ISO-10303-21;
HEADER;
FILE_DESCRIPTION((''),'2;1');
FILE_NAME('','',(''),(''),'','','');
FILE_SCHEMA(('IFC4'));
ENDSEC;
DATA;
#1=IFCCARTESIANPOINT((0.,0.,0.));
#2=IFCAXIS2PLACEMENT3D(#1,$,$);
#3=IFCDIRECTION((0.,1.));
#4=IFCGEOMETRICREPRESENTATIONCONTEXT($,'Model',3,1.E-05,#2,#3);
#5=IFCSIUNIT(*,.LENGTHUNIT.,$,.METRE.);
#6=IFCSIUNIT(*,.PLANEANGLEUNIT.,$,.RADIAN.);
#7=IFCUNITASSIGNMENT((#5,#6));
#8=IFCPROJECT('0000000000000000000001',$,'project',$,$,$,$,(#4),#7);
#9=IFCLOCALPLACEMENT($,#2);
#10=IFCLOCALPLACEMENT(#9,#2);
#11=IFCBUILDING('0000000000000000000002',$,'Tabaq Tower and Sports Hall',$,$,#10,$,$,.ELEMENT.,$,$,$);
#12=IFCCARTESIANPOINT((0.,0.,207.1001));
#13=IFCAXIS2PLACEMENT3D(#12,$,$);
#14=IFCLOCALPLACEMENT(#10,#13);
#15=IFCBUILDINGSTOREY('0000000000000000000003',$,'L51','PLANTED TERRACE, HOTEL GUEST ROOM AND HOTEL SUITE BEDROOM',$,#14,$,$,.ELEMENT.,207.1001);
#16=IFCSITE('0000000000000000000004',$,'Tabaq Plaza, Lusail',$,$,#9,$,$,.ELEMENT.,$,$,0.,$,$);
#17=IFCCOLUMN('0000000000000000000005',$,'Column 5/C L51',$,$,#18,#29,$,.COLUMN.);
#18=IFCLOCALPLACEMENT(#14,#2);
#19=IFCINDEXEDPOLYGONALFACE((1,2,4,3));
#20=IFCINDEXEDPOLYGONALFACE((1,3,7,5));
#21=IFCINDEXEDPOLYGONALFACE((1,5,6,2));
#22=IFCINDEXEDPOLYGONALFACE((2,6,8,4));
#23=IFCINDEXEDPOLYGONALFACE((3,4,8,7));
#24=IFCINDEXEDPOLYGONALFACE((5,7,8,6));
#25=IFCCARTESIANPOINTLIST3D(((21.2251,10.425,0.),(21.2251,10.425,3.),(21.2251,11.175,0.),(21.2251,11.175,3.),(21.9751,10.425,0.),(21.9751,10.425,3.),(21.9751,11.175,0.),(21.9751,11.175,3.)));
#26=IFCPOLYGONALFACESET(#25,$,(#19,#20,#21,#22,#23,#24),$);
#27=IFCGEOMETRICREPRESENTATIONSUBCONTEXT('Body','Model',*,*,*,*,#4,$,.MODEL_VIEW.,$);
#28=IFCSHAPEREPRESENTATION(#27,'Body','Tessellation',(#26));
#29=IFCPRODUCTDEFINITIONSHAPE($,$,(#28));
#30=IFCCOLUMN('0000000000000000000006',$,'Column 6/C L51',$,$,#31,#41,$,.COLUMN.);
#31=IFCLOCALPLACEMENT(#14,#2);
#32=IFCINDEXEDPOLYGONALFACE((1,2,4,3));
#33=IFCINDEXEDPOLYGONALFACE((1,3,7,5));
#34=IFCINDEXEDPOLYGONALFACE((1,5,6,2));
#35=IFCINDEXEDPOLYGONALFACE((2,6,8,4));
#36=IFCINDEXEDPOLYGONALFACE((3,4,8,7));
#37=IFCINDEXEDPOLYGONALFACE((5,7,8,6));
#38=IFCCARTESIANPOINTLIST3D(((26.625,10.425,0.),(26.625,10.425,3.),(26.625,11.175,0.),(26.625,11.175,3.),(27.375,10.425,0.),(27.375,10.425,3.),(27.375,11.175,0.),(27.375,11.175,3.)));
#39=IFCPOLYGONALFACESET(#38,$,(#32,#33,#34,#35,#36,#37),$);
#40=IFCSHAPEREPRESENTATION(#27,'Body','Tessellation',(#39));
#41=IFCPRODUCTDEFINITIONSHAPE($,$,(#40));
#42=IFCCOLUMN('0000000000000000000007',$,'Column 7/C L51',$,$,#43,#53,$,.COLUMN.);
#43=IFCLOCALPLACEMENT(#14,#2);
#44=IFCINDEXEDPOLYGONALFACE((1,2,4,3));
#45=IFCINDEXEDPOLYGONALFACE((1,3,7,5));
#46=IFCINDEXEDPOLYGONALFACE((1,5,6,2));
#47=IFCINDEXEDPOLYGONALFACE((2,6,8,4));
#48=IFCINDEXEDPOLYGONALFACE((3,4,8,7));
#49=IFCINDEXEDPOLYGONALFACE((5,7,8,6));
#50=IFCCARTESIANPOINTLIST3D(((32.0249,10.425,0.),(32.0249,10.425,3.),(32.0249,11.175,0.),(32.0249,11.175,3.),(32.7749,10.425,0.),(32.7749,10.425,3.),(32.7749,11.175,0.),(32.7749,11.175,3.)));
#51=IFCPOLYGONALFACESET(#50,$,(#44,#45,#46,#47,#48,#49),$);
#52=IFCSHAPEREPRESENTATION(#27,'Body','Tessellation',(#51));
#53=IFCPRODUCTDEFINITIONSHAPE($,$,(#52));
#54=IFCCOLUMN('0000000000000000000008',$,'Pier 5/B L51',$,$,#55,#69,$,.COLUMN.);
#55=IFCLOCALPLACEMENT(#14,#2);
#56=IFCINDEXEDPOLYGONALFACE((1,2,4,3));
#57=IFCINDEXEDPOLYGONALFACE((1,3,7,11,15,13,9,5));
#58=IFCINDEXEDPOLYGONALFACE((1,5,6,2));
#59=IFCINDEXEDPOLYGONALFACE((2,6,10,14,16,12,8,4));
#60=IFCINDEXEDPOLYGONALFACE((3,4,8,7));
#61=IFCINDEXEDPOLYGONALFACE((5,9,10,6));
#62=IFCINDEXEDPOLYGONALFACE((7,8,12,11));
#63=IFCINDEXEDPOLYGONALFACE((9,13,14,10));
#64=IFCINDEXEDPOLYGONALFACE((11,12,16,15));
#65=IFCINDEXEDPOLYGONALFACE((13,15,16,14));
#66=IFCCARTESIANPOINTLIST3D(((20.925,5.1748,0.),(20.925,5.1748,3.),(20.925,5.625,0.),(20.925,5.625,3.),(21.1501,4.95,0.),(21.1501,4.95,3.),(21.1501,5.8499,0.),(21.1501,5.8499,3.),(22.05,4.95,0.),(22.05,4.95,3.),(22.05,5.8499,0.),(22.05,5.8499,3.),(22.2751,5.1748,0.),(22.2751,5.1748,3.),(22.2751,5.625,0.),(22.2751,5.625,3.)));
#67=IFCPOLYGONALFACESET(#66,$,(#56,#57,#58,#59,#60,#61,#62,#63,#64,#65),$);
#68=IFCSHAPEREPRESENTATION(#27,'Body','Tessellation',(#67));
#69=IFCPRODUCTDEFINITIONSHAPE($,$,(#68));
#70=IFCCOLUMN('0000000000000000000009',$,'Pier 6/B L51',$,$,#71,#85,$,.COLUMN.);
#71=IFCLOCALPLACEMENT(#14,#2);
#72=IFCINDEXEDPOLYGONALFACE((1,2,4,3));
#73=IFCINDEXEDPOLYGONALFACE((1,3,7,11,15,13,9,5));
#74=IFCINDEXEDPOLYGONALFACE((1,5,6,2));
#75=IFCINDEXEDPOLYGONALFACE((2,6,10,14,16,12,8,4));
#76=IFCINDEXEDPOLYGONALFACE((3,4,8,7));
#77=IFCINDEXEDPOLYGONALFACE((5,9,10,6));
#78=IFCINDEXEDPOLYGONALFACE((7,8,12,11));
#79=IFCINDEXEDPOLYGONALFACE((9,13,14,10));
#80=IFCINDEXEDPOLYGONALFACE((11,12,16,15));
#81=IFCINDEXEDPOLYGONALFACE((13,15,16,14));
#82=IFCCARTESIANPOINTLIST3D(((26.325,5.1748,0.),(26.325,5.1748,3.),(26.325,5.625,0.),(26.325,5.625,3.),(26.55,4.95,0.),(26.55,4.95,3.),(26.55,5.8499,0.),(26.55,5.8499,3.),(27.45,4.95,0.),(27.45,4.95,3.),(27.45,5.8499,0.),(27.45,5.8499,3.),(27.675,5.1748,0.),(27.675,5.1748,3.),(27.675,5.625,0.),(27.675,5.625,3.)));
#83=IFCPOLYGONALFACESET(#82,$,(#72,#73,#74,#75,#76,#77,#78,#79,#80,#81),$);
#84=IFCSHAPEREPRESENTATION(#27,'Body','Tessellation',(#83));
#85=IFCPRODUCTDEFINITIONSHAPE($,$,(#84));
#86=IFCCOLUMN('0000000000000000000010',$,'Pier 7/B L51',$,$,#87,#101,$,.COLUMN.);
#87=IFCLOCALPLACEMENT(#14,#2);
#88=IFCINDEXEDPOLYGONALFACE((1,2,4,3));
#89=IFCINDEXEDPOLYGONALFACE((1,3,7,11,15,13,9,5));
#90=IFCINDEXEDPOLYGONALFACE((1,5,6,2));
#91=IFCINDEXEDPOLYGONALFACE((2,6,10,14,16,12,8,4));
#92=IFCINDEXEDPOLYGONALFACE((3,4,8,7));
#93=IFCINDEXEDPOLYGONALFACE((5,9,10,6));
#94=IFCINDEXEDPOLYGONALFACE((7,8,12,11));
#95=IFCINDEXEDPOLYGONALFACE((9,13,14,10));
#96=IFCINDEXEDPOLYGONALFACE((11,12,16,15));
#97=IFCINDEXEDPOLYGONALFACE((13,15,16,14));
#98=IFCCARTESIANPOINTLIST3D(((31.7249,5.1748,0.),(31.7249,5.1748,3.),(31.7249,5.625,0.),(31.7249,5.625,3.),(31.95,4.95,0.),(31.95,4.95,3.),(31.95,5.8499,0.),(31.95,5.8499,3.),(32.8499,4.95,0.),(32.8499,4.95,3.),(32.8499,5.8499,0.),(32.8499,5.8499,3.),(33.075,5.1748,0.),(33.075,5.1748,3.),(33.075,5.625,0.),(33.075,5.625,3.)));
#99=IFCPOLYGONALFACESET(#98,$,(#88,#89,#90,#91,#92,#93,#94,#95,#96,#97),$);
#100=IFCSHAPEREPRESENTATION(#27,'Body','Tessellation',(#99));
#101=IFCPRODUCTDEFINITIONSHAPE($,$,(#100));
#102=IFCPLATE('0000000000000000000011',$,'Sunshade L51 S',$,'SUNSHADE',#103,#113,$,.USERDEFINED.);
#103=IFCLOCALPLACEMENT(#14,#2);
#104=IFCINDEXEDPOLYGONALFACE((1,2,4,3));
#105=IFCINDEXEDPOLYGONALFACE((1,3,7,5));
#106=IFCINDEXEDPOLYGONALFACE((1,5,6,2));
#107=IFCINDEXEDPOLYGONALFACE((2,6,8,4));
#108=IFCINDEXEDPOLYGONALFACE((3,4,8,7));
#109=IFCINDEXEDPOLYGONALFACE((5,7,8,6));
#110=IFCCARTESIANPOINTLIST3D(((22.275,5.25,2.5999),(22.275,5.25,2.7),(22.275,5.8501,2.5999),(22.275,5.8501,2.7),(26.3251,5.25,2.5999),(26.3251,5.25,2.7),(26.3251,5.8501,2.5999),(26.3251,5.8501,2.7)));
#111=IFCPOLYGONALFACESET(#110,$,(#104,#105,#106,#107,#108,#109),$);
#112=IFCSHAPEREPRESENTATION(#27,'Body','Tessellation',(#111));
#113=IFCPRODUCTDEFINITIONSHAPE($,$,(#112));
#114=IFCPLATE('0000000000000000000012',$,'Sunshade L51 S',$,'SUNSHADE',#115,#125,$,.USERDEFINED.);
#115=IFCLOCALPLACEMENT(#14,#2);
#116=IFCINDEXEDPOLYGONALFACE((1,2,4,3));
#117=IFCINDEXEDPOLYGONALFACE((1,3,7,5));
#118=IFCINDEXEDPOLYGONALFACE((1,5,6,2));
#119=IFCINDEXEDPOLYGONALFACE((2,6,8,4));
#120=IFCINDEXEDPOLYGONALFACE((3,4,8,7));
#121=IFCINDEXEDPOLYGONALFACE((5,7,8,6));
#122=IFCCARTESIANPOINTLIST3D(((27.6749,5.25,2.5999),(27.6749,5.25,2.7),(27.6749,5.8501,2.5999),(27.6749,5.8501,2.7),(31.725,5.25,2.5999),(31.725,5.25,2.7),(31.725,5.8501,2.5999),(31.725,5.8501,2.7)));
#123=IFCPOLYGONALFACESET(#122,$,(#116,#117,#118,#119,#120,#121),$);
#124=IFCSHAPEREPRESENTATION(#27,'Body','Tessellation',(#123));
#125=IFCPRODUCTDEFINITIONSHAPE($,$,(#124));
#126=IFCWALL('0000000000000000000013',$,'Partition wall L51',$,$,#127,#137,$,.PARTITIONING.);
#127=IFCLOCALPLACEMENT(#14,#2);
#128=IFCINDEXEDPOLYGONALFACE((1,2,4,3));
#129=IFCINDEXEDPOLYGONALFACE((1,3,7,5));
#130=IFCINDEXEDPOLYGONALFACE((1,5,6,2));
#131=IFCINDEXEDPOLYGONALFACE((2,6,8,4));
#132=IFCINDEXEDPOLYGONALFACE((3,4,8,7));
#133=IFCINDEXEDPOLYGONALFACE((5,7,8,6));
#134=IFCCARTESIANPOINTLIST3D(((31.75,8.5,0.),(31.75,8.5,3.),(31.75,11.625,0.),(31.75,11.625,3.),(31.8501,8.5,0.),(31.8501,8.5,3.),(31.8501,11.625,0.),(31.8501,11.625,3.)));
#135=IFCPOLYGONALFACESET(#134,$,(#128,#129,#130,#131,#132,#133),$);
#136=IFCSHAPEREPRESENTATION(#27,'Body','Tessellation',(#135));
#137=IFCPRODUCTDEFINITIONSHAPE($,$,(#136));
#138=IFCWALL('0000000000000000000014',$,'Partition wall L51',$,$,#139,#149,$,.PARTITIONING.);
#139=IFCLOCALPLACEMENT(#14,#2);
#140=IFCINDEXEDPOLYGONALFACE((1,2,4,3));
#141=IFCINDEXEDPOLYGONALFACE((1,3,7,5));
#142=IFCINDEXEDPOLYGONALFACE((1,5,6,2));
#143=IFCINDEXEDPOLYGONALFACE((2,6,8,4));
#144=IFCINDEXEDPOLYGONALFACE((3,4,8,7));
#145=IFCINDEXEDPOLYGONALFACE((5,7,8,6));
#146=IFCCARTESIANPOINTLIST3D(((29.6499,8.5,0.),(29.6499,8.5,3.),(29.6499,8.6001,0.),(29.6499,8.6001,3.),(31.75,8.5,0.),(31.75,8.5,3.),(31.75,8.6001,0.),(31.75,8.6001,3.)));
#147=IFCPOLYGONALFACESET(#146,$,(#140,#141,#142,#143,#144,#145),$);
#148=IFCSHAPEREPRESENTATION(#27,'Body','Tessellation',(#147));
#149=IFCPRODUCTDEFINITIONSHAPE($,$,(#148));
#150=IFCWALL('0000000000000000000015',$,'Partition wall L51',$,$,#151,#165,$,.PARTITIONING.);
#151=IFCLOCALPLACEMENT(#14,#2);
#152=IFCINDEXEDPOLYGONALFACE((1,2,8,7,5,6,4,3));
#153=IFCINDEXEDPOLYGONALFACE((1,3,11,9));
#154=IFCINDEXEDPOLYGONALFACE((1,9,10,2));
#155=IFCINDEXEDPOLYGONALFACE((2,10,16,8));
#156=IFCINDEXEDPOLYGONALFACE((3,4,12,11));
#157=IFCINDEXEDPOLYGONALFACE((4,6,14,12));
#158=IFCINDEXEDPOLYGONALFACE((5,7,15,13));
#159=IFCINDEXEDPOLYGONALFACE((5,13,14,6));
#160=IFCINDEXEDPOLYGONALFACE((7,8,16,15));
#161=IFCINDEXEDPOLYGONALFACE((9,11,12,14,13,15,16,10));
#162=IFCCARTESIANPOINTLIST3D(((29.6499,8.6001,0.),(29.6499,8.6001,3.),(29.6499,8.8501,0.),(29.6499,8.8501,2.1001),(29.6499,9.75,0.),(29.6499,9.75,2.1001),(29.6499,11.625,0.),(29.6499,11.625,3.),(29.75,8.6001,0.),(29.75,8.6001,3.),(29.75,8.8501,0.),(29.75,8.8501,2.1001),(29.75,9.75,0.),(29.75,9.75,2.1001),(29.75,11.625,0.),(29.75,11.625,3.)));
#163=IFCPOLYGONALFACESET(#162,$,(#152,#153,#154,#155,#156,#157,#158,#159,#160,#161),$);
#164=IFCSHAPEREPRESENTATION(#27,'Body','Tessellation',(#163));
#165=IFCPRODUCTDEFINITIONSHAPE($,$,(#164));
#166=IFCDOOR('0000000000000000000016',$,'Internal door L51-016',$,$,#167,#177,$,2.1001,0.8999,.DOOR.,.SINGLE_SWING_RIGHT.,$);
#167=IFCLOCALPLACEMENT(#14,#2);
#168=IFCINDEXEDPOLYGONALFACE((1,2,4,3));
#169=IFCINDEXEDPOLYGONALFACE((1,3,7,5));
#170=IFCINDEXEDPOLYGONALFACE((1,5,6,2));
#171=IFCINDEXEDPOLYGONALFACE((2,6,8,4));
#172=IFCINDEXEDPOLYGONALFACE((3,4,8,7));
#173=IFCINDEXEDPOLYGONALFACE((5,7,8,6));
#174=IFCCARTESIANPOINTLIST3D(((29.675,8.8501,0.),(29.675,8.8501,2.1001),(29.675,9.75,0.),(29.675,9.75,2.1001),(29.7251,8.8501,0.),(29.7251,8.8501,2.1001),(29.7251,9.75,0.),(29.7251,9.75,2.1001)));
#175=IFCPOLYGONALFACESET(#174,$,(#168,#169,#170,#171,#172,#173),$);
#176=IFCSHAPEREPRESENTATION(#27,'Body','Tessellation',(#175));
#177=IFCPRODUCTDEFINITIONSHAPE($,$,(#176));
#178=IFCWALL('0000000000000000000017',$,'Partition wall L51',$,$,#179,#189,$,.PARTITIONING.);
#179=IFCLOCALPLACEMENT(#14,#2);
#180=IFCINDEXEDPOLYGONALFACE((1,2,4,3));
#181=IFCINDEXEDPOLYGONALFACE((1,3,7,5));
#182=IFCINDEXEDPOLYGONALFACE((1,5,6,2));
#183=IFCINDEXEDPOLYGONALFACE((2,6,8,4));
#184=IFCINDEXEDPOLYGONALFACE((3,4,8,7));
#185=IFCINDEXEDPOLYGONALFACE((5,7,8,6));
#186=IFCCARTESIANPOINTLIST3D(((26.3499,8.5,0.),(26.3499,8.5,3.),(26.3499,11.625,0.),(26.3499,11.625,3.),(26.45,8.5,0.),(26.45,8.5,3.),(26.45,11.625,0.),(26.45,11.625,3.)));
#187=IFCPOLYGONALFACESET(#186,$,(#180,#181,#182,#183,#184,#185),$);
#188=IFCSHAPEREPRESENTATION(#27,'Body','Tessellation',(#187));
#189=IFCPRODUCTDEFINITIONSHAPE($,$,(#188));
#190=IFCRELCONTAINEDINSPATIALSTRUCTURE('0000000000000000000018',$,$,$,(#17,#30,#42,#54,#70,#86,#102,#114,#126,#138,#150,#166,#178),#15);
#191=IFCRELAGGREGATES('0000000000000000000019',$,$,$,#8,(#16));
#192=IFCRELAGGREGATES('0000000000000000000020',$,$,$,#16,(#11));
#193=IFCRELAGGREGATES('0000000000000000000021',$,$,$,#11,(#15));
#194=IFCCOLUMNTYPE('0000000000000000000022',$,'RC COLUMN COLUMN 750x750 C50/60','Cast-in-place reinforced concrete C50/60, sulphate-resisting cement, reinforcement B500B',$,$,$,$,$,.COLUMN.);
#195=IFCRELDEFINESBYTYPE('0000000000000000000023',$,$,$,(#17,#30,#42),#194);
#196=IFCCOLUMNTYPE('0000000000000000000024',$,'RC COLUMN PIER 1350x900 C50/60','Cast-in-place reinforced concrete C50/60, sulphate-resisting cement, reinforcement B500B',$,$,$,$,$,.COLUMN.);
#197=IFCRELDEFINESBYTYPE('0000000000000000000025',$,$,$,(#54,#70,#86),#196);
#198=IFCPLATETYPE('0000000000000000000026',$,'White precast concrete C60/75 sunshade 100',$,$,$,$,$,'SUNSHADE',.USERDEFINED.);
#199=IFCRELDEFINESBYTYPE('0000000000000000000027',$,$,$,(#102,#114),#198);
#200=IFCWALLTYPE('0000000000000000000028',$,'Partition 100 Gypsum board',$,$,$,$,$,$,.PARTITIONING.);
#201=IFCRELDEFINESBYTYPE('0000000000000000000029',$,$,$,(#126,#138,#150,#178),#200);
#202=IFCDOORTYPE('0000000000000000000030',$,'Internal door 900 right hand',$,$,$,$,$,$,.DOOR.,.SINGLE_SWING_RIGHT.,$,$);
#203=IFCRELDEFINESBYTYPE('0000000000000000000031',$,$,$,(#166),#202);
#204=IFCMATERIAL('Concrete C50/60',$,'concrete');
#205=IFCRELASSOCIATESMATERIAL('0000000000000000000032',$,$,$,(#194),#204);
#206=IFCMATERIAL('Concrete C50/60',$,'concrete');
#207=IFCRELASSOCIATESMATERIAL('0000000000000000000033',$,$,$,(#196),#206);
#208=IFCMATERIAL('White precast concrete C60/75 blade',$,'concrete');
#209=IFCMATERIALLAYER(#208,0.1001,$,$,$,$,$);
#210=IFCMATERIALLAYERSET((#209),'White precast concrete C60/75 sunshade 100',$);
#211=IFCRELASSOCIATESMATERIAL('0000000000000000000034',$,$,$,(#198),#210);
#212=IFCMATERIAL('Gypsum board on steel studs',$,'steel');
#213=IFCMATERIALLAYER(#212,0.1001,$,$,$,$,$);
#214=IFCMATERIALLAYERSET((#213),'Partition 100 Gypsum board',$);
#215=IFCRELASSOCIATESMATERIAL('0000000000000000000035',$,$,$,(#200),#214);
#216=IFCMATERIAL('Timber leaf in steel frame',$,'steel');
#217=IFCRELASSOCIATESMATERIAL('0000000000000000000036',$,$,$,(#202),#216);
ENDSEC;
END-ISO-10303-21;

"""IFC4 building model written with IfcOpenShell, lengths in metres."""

from ifc_helpers import new_model, si_unit, direction, frame, frame_2d, origin, origin_2d, place, context, subcontext, project, spatial, polyline, rectangle, outline, extrude, material, layer, layer_set, material_profile, profile_set, type_object, element, fill, save


model = new_model("IFC4")

# Units and contexts
model_context = context("Model", 3, precision=1e-05, world=origin(), true_north=direction((0.0, 1.0)))
body_context = subcontext(model_context, "Body", "Model", "MODEL_VIEW")
ifc_project = project(units=[si_unit("LENGTHUNIT", "METRE"), si_unit("PLANEANGLEUNIT", "RADIAN")], contexts=[model_context])

# Site, building, storey
site_placement = place(None, origin())
site = spatial("IfcSite", under=ifc_project, at=site_placement, Name="Tabaq Plaza, Lusail", CompositionType="ELEMENT", RefElevation=0.0)
building_placement = place(site_placement, origin())
building = spatial("IfcBuilding", under=site, at=building_placement, Name="Tabaq Tower and Sports Hall", CompositionType="ELEMENT")
storey_placement = place(building_placement, frame((0.0, 0.0, 207.1001)))
storey = spatial("IfcBuildingStorey", under=building, at=storey_placement, Name="L51", Description="PLANTED TERRACE, HOTEL GUEST ROOM AND HOTEL SUITE BEDROOM", CompositionType="ELEMENT", Elevation=207.1001)

# Columns
ifc_material_1 = material(Name="Concrete C50/60", Category="concrete")
ifc_material_profile_1 = material_profile(ifc_material_1, rectangle(XDim=0.75, YDim=0.75, at=origin_2d()), Name="COLUMN 750x750")
ifc_profile_set_1 = profile_set([ifc_material_profile_1], Name="Concrete C50/60")
column_type_1 = type_object("IfcColumnType", Name="RC COLUMN COLUMN 750x750 C50/60", Description="Cast-in-place reinforced concrete C50/60, sulphate-resisting cement, reinforcement B500B", PredefinedType="COLUMN", material=ifc_profile_set_1)
for number, where, z_axis, x_axis, name in (
    (1, (21.6001, 10.8, 0.0), (0.0, 0.0, 1.0), (1.0, 0.0, 0.0), "Column 5/C L51"),
    (2, (27.0, 10.8, 0.0), (0.0, 0.0, 1.0), (1.0, 0.0, 0.0), "Column 6/C L51"),
    (3, (32.3999, 10.8, 0.0), (0.0, 0.0, 1.0), (1.0, 0.0, 0.0), "Column 7/C L51"),
):
    element("IfcColumn", number, at=place(storey_placement, frame(where, z_axis=z_axis, x_axis=x_axis)), inside=storey, type_object=column_type_1, Name=name, PredefinedType="COLUMN", context=body_context, shape_type="SweptSolid", body=[
        extrude(rectangle(XDim=0.75, YDim=0.75, at=origin_2d()), origin(), (0.0, 0.0, 1.0), 3.0),
    ])
ifc_material_2 = material(Name="Concrete C50/60", Category="concrete")
ifc_material_profile_2 = material_profile(ifc_material_2, outline(polyline([(-0.45, -0.45), (0.45, -0.45), (0.675, -0.2251), (0.675, 0.2251), (0.45, 0.45), (-0.45, 0.45), (-0.675, 0.2251), (-0.675, -0.2251), (-0.45, -0.45)])), Name="PIER 1350x900")
ifc_profile_set_2 = profile_set([ifc_material_profile_2], Name="Concrete C50/60")
column_type_2 = type_object("IfcColumnType", Name="RC COLUMN PIER 1350x900 C50/60", Description="Cast-in-place reinforced concrete C50/60, sulphate-resisting cement, reinforcement B500B", PredefinedType="COLUMN", material=ifc_profile_set_2)
for number, where, z_axis, x_axis, name in (
    (4, (21.6001, 5.3999, 0.0), (0.0, 0.0, 1.0), (1.0, 0.0, 0.0), "Pier 5/B L51"),
    (5, (27.0, 5.3999, 0.0), (0.0, 0.0, 1.0), (1.0, 0.0, 0.0), "Pier 6/B L51"),
    (6, (32.3999, 5.3999, 0.0), (0.0, 0.0, 1.0), (1.0, 0.0, 0.0), "Pier 7/B L51"),
):
    element("IfcColumn", number, at=place(storey_placement, frame(where, z_axis=z_axis, x_axis=x_axis)), inside=storey, type_object=column_type_2, Name=name, PredefinedType="COLUMN", context=body_context, shape_type="SweptSolid", body=[
        extrude(outline(polyline([(-0.45, -0.45), (0.45, -0.45), (0.675, -0.2251), (0.675, 0.2251), (0.45, 0.45), (-0.45, 0.45), (-0.675, 0.2251), (-0.675, -0.2251), (-0.45, -0.45)])), origin(), (0.0, 0.0, 1.0), 3.0),
    ])

# Plates
ifc_material_3 = material(Name="White precast concrete C60/75 blade", Category="concrete")
ifc_layer_1 = layer(ifc_material_3, 0.1001)
ifc_layer_set_1 = layer_set([ifc_layer_1], Name="White precast concrete C60/75 sunshade 100")
plate_type = type_object("IfcPlateType", Name="White precast concrete C60/75 sunshade 100", ElementType="SUNSHADE", PredefinedType="USERDEFINED", material=ifc_layer_set_1)
for number, where, z_axis, x_axis, name in (
    (7, (24.3, 5.55, 2.5999), (0.0, 0.0, 1.0), (1.0, 0.0, 0.0), "Sunshade L51 S"),
    (8, (29.7, 5.55, 2.5999), (0.0, 0.0, 1.0), (1.0, 0.0, 0.0), "Sunshade L51 S"),
):
    element("IfcPlate", number, at=place(storey_placement, frame(where, z_axis=z_axis, x_axis=x_axis)), inside=storey, type_object=plate_type, Name=name, ObjectType="SUNSHADE", PredefinedType="USERDEFINED", context=body_context, shape_type="SweptSolid", body=[
        extrude(rectangle(XDim=4.05, YDim=0.6001, at=origin_2d()), origin(), (0.0, 0.0, 1.0), 0.1001),
    ])

# Walls
ifc_material_4 = material(Name="Gypsum board on steel studs", Category="steel")
ifc_layer_2 = layer(ifc_material_4, 0.1001)
ifc_layer_set_2 = layer_set([ifc_layer_2], Name="Partition 100 Gypsum board")
wall_type_1 = type_object("IfcWallType", Name="Partition 100 Gypsum board", PredefinedType="PARTITIONING", material=ifc_layer_set_2)
wall_1_placement = place(storey_placement, frame((31.8, 11.625, 0.0), z_axis=(0.0, 0.0, 1.0), x_axis=(0.0, -1.0, 0.0)))
element("IfcWall", 9, at=wall_1_placement, inside=storey, type_object=wall_type_1, Name="Partition wall L51", PredefinedType="PARTITIONING", context=body_context, shape_type="SweptSolid", body=[
    extrude(rectangle(XDim=3.125, YDim=0.1001, at=frame_2d((1.5625, 0.0))), origin(), (0.0, 0.0, 1.0), 3.0),
])
wall_2_placement = place(storey_placement, frame((31.75, 8.55, 0.0), z_axis=(0.0, 0.0, 1.0), x_axis=(-1.0, 0.0, 0.0)))
element("IfcWall", 10, at=wall_2_placement, inside=storey, type_object=wall_type_1, Name="Partition wall L51", PredefinedType="PARTITIONING", context=body_context, shape_type="SweptSolid", body=[
    extrude(rectangle(XDim=2.1001, YDim=0.1001, at=frame_2d((1.05, 0.0))), origin(), (0.0, 0.0, 1.0), 3.0),
])

# Wall, opening, door
wall_3_placement = place(storey_placement, frame((29.7, 8.6001, 0.0), z_axis=(0.0, 0.0, 1.0), x_axis=(0.0, 1.0, 0.0)))
wall_3 = element("IfcWall", 11, at=wall_3_placement, inside=storey, type_object=wall_type_1, Name="Partition wall L51", PredefinedType="PARTITIONING", context=body_context, shape_type="SweptSolid", body=[
    extrude(rectangle(XDim=3.0249, YDim=0.1001, at=frame_2d((1.5125, 0.0))), origin(), (0.0, 0.0, 1.0), 3.0),
])
opening_1_placement = place(wall_3_placement, frame((0.25, 0.0, 0.0)))
opening_1 = element("IfcOpeningElement", 12, at=opening_1_placement, cuts=wall_3, PredefinedType="OPENING", context=body_context, shape_type="SweptSolid", body=[
    extrude(rectangle(XDim=0.8999, YDim=2.1001, at=frame_2d((0.45, 1.05))), frame((0.0, 0.05, 0.0), z_axis=(0.0, -1.0, 0.0), x_axis=(1.0, 0.0, 0.0)), (0.0, 0.0, 1.0), 0.1001),
])
ifc_material_5 = material(Name="Timber leaf in steel frame", Category="steel")
door_type_1 = type_object("IfcDoorType", Name="Internal door 900 right hand", OperationType="SINGLE_SWING_RIGHT", PredefinedType="DOOR", material=ifc_material_5)
door_1_placement = place(opening_1_placement, origin())
door_1 = element("IfcDoor", 13, at=door_1_placement, inside=storey, type_object=door_type_1, Name="Internal door L51-016", OperationType="SINGLE_SWING_RIGHT", OverallHeight=2.1001, OverallWidth=0.8999, PredefinedType="DOOR", context=body_context, shape_type="SweptSolid", body=[
    extrude(rectangle(XDim=0.8999, YDim=2.1001, at=frame_2d((0.45, 1.05))), frame((0.0, 0.0249, 0.0), z_axis=(0.0, -1.0, 0.0), x_axis=(1.0, 0.0, 0.0)), (0.0, 0.0, 1.0), 0.05),
])
fill(opening_1, door_1)

# Wall
wall_4_placement = place(storey_placement, frame((26.3999, 11.625, 0.0), z_axis=(0.0, 0.0, 1.0), x_axis=(0.0, -1.0, 0.0)))
element("IfcWall", 14, at=wall_4_placement, inside=storey, type_object=wall_type_1, Name="Partition wall L51", PredefinedType="PARTITIONING", context=body_context, shape_type="SweptSolid", body=[
    extrude(rectangle(XDim=3.125, YDim=0.1001, at=frame_2d((1.5625, 0.0))), origin(), (0.0, 0.0, 1.0), 3.0),
])

save(model, "model.ifc")
